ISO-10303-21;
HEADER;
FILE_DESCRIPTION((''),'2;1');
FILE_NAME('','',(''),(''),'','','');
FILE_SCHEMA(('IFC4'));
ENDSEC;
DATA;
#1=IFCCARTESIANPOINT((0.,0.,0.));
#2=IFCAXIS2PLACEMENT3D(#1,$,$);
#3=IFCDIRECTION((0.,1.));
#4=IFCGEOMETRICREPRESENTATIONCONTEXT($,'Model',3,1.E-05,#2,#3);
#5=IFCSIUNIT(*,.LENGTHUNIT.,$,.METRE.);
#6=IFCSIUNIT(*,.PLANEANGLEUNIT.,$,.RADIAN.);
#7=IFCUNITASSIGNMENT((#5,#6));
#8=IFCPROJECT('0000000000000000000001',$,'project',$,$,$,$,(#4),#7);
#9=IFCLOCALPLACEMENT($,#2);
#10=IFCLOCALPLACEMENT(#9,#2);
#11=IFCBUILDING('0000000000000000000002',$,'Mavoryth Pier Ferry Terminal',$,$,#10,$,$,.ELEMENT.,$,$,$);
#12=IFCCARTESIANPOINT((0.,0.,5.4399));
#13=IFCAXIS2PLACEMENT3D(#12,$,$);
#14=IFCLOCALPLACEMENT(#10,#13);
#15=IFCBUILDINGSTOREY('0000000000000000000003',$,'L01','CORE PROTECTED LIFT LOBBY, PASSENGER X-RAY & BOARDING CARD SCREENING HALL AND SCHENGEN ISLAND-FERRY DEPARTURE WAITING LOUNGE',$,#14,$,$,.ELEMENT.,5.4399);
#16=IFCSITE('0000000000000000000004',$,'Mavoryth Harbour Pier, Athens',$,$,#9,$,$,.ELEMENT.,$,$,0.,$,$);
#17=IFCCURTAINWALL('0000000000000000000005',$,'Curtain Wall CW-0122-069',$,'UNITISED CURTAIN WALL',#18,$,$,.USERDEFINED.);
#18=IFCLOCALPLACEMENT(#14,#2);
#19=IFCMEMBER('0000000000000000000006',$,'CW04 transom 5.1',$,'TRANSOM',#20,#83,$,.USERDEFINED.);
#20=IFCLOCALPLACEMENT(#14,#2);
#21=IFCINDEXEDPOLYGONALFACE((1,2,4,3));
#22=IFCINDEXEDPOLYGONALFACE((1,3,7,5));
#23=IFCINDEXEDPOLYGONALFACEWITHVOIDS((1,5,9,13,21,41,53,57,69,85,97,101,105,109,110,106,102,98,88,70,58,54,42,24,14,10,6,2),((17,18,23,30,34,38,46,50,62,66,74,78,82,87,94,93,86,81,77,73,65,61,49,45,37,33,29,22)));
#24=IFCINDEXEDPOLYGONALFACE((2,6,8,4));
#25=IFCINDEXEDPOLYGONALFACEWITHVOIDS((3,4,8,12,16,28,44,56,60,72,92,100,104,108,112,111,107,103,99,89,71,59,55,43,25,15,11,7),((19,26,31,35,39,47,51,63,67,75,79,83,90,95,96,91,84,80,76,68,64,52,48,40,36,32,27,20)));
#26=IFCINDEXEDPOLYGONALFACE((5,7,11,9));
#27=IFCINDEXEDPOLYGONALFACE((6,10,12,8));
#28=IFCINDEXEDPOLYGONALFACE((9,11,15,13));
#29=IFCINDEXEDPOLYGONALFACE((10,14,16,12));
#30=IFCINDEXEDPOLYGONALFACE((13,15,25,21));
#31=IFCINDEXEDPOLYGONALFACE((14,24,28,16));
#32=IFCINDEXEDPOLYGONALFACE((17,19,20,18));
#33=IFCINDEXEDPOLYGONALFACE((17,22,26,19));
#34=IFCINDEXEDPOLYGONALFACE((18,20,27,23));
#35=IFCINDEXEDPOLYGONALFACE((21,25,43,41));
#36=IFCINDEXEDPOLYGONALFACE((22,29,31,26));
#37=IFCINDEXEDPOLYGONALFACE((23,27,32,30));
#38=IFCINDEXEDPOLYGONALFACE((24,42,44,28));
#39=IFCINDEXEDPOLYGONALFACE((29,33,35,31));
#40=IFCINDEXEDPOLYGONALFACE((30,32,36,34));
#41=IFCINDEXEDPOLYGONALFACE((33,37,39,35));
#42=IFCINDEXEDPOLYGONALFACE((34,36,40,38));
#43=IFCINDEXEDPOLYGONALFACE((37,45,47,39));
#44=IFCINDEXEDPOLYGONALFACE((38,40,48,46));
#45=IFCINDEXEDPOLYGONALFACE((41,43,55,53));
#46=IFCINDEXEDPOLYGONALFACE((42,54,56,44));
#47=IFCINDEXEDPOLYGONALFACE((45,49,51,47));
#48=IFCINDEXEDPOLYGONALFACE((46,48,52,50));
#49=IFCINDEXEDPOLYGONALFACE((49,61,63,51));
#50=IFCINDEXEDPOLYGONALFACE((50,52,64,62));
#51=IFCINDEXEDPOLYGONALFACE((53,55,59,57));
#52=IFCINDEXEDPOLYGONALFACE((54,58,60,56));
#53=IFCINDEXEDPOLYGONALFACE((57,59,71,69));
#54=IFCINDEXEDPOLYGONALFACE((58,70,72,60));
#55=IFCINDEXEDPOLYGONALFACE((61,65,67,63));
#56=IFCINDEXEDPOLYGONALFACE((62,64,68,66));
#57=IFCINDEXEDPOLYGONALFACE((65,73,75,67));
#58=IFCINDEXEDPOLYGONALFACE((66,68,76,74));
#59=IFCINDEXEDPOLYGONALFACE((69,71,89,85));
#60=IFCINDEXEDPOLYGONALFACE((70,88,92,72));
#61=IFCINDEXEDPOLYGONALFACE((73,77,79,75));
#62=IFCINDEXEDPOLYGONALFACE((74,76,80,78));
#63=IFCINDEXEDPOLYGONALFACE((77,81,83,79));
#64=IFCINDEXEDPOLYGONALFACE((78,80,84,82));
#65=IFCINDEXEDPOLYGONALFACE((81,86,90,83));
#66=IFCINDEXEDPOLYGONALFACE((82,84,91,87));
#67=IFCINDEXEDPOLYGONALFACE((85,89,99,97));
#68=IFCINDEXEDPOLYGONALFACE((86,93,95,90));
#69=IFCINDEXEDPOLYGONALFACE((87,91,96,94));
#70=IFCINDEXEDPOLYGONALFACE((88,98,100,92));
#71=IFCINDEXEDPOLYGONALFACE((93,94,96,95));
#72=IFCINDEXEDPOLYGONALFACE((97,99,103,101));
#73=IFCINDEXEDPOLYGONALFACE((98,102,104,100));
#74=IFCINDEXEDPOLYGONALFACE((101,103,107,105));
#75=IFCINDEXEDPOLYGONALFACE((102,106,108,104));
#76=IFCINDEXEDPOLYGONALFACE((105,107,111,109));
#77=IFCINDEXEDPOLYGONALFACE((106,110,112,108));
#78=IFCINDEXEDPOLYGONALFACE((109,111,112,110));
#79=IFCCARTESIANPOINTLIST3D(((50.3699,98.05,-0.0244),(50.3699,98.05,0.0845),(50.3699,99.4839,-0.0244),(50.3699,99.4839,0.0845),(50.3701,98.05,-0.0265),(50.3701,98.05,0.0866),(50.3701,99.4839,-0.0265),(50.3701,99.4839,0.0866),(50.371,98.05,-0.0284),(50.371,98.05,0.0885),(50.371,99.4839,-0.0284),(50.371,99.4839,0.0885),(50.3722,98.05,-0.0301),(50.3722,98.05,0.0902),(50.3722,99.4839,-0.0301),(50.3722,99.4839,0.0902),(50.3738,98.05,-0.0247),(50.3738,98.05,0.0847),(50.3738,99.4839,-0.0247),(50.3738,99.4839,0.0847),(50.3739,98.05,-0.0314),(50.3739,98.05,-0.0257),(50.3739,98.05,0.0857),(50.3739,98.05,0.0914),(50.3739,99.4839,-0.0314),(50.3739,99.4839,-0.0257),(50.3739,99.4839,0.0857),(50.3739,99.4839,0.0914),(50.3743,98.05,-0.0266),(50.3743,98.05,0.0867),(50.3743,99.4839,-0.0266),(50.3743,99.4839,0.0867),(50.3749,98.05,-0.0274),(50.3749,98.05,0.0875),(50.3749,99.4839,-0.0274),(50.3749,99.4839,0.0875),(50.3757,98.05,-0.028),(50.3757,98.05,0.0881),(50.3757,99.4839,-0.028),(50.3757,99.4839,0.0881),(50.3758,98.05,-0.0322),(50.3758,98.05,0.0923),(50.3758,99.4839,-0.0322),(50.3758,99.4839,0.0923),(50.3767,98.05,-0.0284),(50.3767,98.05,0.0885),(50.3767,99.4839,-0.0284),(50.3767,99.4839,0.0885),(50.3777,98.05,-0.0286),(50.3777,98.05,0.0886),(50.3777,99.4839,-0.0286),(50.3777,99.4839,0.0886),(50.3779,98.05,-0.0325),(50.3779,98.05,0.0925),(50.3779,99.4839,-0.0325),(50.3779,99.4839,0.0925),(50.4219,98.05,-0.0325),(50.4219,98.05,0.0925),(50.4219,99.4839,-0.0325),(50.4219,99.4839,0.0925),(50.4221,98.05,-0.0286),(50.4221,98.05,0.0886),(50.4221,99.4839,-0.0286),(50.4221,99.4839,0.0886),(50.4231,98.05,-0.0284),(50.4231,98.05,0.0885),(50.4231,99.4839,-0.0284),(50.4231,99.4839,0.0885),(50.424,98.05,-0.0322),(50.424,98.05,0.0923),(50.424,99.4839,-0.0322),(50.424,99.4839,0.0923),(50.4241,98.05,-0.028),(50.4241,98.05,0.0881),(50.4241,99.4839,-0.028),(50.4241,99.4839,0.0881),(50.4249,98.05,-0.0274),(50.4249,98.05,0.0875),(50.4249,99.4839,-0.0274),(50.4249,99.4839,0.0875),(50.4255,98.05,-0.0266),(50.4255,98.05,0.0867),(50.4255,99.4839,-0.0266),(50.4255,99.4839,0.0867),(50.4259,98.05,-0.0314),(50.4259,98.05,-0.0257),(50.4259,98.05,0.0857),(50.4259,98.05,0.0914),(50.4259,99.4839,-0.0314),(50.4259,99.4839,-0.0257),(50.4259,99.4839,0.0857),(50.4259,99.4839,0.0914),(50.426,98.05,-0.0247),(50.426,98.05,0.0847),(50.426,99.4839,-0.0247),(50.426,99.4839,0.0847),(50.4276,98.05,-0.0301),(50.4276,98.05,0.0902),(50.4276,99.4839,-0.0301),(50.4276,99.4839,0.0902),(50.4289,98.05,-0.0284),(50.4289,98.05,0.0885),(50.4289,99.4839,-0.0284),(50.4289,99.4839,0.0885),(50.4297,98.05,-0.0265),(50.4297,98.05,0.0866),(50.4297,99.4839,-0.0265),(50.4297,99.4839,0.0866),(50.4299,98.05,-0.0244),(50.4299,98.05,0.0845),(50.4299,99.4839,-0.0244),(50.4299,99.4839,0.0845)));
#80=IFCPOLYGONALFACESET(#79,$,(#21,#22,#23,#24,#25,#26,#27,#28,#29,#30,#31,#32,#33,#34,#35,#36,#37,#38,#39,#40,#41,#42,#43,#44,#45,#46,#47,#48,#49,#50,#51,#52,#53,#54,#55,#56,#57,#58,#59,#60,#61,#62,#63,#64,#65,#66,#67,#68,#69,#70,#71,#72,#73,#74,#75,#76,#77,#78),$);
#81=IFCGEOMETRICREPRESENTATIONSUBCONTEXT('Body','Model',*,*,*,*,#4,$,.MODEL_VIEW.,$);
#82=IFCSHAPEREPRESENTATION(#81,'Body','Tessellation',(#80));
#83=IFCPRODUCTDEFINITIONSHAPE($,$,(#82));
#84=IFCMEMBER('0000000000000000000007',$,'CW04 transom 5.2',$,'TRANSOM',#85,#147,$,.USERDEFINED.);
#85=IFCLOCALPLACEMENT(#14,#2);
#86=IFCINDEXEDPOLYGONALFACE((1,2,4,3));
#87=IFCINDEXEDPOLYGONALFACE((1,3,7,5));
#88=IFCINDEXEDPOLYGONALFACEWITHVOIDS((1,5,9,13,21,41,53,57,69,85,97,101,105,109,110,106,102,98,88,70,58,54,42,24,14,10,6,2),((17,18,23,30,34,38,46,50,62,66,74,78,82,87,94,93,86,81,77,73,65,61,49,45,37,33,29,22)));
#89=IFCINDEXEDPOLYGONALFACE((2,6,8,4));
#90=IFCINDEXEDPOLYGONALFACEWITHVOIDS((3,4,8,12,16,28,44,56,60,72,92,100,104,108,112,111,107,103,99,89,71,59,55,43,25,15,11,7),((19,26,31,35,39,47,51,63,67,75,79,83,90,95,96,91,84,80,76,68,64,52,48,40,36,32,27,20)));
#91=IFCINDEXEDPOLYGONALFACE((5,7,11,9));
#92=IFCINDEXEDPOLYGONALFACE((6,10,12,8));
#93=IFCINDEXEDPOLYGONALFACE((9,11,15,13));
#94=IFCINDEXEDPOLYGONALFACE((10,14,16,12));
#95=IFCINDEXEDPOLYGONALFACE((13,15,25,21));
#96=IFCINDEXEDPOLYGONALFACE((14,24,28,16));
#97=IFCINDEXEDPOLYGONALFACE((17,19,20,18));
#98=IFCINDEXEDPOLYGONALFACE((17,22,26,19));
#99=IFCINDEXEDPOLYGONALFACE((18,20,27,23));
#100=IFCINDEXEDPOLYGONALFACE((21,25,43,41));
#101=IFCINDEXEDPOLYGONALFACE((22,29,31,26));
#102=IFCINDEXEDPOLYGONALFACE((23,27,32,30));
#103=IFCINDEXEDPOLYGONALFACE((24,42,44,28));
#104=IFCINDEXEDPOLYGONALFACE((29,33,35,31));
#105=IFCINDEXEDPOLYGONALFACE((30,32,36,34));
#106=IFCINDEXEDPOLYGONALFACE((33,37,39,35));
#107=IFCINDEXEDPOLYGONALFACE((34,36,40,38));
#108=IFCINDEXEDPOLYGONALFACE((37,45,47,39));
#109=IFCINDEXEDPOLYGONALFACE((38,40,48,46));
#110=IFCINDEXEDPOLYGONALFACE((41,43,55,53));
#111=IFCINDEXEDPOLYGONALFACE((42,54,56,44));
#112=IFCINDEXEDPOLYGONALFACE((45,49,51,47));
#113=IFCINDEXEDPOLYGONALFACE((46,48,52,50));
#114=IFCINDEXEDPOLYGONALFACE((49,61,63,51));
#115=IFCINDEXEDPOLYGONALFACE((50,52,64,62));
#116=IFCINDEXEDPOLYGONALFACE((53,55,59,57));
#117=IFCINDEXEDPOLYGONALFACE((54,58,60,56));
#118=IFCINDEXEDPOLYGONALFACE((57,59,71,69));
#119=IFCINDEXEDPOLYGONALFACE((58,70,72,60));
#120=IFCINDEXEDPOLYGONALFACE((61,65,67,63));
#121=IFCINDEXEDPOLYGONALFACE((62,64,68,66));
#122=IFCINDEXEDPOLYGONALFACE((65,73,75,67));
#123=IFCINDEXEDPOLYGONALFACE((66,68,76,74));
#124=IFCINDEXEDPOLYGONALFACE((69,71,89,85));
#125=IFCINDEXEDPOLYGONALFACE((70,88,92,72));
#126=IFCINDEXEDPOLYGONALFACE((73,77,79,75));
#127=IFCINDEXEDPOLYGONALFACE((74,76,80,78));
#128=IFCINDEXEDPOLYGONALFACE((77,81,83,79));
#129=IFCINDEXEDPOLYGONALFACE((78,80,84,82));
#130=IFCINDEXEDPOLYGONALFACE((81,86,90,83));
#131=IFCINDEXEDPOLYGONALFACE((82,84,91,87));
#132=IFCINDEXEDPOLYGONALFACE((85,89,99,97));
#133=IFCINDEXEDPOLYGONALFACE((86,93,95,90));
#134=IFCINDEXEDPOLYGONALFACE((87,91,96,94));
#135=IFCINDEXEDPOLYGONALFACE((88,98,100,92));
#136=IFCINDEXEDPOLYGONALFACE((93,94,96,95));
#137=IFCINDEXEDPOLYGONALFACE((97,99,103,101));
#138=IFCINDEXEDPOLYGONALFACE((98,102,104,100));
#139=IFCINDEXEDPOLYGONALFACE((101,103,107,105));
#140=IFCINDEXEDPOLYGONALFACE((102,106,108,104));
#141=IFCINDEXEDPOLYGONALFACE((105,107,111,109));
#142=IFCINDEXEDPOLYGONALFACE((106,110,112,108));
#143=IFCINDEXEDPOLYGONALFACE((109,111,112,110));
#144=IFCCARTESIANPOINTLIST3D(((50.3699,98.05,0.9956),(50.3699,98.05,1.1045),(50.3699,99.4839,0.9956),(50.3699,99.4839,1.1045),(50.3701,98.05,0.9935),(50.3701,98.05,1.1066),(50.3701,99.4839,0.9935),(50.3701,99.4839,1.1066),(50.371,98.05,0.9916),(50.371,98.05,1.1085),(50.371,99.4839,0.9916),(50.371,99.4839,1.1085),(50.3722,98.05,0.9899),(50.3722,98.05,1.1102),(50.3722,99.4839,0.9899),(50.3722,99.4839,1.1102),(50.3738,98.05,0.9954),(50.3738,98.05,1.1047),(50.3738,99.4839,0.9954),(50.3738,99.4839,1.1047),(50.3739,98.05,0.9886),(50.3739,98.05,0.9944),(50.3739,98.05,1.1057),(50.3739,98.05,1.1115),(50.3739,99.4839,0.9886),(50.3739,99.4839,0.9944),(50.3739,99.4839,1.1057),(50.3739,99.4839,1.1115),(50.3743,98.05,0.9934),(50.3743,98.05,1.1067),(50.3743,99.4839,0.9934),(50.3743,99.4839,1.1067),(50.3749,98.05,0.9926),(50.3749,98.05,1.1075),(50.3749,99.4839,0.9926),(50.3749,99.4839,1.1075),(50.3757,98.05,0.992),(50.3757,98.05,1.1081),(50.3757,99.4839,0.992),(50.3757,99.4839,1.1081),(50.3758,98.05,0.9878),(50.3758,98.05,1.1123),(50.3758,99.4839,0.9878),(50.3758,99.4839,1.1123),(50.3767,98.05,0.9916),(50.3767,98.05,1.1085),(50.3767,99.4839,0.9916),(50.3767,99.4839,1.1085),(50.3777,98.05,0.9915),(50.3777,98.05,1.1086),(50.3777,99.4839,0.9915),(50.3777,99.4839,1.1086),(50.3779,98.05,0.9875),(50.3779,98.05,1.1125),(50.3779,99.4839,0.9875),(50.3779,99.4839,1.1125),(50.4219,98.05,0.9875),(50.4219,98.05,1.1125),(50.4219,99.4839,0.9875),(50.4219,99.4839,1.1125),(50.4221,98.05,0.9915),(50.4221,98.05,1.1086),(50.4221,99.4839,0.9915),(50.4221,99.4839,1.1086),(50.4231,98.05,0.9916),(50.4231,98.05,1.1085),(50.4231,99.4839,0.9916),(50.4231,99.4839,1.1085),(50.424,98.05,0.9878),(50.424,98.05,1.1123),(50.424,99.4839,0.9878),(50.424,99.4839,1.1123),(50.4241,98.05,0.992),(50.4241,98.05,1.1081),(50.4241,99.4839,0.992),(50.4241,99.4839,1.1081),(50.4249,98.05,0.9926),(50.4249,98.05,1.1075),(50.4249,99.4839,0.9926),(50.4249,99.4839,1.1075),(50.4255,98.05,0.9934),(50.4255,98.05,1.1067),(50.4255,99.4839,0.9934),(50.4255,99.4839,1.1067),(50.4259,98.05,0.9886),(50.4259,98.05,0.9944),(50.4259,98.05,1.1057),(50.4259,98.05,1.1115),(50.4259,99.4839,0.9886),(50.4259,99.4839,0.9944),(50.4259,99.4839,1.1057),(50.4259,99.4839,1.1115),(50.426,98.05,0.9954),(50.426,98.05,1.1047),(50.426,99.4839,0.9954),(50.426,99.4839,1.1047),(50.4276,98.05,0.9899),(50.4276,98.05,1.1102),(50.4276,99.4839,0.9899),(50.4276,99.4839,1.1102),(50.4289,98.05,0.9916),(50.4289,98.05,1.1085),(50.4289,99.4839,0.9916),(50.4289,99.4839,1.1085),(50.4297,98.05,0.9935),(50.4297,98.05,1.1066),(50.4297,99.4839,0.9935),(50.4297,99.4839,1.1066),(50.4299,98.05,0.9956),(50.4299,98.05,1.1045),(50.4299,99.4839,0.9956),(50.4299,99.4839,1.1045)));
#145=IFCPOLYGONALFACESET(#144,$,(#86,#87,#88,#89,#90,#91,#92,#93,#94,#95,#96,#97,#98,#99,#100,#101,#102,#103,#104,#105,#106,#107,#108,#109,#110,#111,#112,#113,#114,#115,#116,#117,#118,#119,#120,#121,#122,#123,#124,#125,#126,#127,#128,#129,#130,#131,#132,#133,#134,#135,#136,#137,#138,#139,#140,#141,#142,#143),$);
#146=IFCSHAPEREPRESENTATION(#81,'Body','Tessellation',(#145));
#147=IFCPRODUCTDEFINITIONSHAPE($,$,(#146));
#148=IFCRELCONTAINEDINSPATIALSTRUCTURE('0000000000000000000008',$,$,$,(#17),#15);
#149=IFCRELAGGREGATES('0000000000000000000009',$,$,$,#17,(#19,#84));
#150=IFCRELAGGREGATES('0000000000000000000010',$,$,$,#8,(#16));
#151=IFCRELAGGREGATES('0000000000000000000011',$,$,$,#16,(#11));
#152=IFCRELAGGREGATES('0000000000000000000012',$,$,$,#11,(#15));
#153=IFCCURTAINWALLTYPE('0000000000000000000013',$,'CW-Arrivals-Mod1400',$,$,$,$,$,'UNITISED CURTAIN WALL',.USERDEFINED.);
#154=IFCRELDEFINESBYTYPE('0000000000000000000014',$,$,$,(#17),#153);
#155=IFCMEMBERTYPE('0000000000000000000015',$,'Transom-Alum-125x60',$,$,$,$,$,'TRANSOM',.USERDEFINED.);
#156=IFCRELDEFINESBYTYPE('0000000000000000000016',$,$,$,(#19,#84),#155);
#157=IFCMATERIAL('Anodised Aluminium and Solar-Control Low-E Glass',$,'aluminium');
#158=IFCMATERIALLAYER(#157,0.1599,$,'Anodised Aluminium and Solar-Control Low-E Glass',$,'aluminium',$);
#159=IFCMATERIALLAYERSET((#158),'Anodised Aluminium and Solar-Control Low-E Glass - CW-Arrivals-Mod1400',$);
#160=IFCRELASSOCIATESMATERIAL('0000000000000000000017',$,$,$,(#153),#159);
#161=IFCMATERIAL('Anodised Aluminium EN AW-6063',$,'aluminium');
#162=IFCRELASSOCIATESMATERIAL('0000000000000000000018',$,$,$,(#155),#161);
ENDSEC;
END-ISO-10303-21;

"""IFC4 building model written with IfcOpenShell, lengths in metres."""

from ifc_helpers import new_model, si_unit, direction, frame, origin, origin_2d, place, context, subcontext, project, spatial, hollow_rectangle, extrude, material, layer, layer_set, material_profile, profile_set, type_object, element, aggregate, save


model = new_model("IFC4")

# Units and contexts
model_context = context("Model", 3, precision=1e-05, world=origin(), true_north=direction((0.0, 1.0)))
body_context = subcontext(model_context, "Body", "Model", "MODEL_VIEW")
ifc_project = project(units=[si_unit("LENGTHUNIT", "METRE"), si_unit("PLANEANGLEUNIT", "RADIAN")], contexts=[model_context])

# Site, building, storey
site_placement = place(None, origin())
site = spatial("IfcSite", under=ifc_project, at=site_placement, Name="Mavoryth Harbour Pier, Athens", CompositionType="ELEMENT", RefElevation=0.0)
building_placement = place(site_placement, origin())
building = spatial("IfcBuilding", under=site, at=building_placement, Name="Mavoryth Pier Ferry Terminal", CompositionType="ELEMENT")
storey_placement = place(building_placement, frame((0.0, 0.0, 5.4399)))
storey = spatial("IfcBuildingStorey", under=building, at=storey_placement, Name="L01", Description="CORE PROTECTED LIFT LOBBY, PASSENGER X-RAY & BOARDING CARD SCREENING HALL AND SCHENGEN ISLAND-FERRY DEPARTURE WAITING LOUNGE", CompositionType="ELEMENT", Elevation=5.4399)

# Shared definitions
ifc_material_1 = material(Name="Anodised Aluminium and Solar-Control Low-E Glass", Category="aluminium")
ifc_material_2 = material(Name="Anodised Aluminium EN AW-6063", Category="aluminium")

# Curtain wall
ifc_layer_1 = layer(ifc_material_1, 0.1599, Name="Anodised Aluminium and Solar-Control Low-E Glass", Category="aluminium")
ifc_layer_set_1 = layer_set([ifc_layer_1], Name="Anodised Aluminium and Solar-Control Low-E Glass - CW-Arrivals-Mod1400")
curtain_wall_type_1 = type_object("IfcCurtainWallType", Name="CW-Arrivals-Mod1400", ElementType="UNITISED CURTAIN WALL", PredefinedType="USERDEFINED", material=ifc_layer_set_1)
curtain_wall_1_placement = place(storey_placement, origin())
curtain_wall_1 = element("IfcCurtainWall", 1, at=curtain_wall_1_placement, inside=storey, type_object=curtain_wall_type_1, Name="Curtain Wall CW-0122-069", ObjectType="UNITISED CURTAIN WALL", PredefinedType="USERDEFINED")

# Members
ifc_material_profile_1 = material_profile(ifc_material_2, hollow_rectangle(XDim=0.0601, YDim=0.125, WallThickness=0.0039, InnerFilletRadius=0.0039, OuterFilletRadius=0.0081, at=origin_2d()), Name="AL-TRAN 125x60x4", Category="aluminium")
ifc_profile_set_1 = profile_set([ifc_material_profile_1], Name="Anodised Aluminium EN AW-6063 - AL-TRAN 125x60x4")
member_type_1 = type_object("IfcMemberType", Name="Transom-Alum-125x60", ElementType="TRANSOM", PredefinedType="USERDEFINED", material=ifc_profile_set_1)
member_1_placement = place(storey_placement, frame((50.3999, 99.4839, 0.03), z_axis=(0.0, -1.0, 0.0), x_axis=(1.0, 0.0, 0.0)))
member_1 = element("IfcMember", 2, at=member_1_placement, type_object=member_type_1, Name="CW04 transom 5.1", ObjectType="TRANSOM", PredefinedType="USERDEFINED", context=body_context, shape_type="SweptSolid", body=[
    extrude(hollow_rectangle(XDim=0.0601, YDim=0.125, WallThickness=0.0039, InnerFilletRadius=0.0039, OuterFilletRadius=0.0081, at=origin_2d()), origin(), (0.0, 0.0, 1.0), 1.4338),
])
member_2_placement = place(storey_placement, frame((50.3999, 99.4839, 1.05), z_axis=(0.0, -1.0, 0.0), x_axis=(1.0, 0.0, 0.0)))
member_2 = element("IfcMember", 3, at=member_2_placement, type_object=member_type_1, Name="CW04 transom 5.2", ObjectType="TRANSOM", PredefinedType="USERDEFINED", context=body_context, shape_type="SweptSolid", body=[
    extrude(hollow_rectangle(XDim=0.0601, YDim=0.125, WallThickness=0.0039, InnerFilletRadius=0.0039, OuterFilletRadius=0.0081, at=origin_2d()), origin(), (0.0, 0.0, 1.0), 1.4338),
])

aggregate(curtain_wall_1, [member_1, member_2])

save(model, "model.ifc")
